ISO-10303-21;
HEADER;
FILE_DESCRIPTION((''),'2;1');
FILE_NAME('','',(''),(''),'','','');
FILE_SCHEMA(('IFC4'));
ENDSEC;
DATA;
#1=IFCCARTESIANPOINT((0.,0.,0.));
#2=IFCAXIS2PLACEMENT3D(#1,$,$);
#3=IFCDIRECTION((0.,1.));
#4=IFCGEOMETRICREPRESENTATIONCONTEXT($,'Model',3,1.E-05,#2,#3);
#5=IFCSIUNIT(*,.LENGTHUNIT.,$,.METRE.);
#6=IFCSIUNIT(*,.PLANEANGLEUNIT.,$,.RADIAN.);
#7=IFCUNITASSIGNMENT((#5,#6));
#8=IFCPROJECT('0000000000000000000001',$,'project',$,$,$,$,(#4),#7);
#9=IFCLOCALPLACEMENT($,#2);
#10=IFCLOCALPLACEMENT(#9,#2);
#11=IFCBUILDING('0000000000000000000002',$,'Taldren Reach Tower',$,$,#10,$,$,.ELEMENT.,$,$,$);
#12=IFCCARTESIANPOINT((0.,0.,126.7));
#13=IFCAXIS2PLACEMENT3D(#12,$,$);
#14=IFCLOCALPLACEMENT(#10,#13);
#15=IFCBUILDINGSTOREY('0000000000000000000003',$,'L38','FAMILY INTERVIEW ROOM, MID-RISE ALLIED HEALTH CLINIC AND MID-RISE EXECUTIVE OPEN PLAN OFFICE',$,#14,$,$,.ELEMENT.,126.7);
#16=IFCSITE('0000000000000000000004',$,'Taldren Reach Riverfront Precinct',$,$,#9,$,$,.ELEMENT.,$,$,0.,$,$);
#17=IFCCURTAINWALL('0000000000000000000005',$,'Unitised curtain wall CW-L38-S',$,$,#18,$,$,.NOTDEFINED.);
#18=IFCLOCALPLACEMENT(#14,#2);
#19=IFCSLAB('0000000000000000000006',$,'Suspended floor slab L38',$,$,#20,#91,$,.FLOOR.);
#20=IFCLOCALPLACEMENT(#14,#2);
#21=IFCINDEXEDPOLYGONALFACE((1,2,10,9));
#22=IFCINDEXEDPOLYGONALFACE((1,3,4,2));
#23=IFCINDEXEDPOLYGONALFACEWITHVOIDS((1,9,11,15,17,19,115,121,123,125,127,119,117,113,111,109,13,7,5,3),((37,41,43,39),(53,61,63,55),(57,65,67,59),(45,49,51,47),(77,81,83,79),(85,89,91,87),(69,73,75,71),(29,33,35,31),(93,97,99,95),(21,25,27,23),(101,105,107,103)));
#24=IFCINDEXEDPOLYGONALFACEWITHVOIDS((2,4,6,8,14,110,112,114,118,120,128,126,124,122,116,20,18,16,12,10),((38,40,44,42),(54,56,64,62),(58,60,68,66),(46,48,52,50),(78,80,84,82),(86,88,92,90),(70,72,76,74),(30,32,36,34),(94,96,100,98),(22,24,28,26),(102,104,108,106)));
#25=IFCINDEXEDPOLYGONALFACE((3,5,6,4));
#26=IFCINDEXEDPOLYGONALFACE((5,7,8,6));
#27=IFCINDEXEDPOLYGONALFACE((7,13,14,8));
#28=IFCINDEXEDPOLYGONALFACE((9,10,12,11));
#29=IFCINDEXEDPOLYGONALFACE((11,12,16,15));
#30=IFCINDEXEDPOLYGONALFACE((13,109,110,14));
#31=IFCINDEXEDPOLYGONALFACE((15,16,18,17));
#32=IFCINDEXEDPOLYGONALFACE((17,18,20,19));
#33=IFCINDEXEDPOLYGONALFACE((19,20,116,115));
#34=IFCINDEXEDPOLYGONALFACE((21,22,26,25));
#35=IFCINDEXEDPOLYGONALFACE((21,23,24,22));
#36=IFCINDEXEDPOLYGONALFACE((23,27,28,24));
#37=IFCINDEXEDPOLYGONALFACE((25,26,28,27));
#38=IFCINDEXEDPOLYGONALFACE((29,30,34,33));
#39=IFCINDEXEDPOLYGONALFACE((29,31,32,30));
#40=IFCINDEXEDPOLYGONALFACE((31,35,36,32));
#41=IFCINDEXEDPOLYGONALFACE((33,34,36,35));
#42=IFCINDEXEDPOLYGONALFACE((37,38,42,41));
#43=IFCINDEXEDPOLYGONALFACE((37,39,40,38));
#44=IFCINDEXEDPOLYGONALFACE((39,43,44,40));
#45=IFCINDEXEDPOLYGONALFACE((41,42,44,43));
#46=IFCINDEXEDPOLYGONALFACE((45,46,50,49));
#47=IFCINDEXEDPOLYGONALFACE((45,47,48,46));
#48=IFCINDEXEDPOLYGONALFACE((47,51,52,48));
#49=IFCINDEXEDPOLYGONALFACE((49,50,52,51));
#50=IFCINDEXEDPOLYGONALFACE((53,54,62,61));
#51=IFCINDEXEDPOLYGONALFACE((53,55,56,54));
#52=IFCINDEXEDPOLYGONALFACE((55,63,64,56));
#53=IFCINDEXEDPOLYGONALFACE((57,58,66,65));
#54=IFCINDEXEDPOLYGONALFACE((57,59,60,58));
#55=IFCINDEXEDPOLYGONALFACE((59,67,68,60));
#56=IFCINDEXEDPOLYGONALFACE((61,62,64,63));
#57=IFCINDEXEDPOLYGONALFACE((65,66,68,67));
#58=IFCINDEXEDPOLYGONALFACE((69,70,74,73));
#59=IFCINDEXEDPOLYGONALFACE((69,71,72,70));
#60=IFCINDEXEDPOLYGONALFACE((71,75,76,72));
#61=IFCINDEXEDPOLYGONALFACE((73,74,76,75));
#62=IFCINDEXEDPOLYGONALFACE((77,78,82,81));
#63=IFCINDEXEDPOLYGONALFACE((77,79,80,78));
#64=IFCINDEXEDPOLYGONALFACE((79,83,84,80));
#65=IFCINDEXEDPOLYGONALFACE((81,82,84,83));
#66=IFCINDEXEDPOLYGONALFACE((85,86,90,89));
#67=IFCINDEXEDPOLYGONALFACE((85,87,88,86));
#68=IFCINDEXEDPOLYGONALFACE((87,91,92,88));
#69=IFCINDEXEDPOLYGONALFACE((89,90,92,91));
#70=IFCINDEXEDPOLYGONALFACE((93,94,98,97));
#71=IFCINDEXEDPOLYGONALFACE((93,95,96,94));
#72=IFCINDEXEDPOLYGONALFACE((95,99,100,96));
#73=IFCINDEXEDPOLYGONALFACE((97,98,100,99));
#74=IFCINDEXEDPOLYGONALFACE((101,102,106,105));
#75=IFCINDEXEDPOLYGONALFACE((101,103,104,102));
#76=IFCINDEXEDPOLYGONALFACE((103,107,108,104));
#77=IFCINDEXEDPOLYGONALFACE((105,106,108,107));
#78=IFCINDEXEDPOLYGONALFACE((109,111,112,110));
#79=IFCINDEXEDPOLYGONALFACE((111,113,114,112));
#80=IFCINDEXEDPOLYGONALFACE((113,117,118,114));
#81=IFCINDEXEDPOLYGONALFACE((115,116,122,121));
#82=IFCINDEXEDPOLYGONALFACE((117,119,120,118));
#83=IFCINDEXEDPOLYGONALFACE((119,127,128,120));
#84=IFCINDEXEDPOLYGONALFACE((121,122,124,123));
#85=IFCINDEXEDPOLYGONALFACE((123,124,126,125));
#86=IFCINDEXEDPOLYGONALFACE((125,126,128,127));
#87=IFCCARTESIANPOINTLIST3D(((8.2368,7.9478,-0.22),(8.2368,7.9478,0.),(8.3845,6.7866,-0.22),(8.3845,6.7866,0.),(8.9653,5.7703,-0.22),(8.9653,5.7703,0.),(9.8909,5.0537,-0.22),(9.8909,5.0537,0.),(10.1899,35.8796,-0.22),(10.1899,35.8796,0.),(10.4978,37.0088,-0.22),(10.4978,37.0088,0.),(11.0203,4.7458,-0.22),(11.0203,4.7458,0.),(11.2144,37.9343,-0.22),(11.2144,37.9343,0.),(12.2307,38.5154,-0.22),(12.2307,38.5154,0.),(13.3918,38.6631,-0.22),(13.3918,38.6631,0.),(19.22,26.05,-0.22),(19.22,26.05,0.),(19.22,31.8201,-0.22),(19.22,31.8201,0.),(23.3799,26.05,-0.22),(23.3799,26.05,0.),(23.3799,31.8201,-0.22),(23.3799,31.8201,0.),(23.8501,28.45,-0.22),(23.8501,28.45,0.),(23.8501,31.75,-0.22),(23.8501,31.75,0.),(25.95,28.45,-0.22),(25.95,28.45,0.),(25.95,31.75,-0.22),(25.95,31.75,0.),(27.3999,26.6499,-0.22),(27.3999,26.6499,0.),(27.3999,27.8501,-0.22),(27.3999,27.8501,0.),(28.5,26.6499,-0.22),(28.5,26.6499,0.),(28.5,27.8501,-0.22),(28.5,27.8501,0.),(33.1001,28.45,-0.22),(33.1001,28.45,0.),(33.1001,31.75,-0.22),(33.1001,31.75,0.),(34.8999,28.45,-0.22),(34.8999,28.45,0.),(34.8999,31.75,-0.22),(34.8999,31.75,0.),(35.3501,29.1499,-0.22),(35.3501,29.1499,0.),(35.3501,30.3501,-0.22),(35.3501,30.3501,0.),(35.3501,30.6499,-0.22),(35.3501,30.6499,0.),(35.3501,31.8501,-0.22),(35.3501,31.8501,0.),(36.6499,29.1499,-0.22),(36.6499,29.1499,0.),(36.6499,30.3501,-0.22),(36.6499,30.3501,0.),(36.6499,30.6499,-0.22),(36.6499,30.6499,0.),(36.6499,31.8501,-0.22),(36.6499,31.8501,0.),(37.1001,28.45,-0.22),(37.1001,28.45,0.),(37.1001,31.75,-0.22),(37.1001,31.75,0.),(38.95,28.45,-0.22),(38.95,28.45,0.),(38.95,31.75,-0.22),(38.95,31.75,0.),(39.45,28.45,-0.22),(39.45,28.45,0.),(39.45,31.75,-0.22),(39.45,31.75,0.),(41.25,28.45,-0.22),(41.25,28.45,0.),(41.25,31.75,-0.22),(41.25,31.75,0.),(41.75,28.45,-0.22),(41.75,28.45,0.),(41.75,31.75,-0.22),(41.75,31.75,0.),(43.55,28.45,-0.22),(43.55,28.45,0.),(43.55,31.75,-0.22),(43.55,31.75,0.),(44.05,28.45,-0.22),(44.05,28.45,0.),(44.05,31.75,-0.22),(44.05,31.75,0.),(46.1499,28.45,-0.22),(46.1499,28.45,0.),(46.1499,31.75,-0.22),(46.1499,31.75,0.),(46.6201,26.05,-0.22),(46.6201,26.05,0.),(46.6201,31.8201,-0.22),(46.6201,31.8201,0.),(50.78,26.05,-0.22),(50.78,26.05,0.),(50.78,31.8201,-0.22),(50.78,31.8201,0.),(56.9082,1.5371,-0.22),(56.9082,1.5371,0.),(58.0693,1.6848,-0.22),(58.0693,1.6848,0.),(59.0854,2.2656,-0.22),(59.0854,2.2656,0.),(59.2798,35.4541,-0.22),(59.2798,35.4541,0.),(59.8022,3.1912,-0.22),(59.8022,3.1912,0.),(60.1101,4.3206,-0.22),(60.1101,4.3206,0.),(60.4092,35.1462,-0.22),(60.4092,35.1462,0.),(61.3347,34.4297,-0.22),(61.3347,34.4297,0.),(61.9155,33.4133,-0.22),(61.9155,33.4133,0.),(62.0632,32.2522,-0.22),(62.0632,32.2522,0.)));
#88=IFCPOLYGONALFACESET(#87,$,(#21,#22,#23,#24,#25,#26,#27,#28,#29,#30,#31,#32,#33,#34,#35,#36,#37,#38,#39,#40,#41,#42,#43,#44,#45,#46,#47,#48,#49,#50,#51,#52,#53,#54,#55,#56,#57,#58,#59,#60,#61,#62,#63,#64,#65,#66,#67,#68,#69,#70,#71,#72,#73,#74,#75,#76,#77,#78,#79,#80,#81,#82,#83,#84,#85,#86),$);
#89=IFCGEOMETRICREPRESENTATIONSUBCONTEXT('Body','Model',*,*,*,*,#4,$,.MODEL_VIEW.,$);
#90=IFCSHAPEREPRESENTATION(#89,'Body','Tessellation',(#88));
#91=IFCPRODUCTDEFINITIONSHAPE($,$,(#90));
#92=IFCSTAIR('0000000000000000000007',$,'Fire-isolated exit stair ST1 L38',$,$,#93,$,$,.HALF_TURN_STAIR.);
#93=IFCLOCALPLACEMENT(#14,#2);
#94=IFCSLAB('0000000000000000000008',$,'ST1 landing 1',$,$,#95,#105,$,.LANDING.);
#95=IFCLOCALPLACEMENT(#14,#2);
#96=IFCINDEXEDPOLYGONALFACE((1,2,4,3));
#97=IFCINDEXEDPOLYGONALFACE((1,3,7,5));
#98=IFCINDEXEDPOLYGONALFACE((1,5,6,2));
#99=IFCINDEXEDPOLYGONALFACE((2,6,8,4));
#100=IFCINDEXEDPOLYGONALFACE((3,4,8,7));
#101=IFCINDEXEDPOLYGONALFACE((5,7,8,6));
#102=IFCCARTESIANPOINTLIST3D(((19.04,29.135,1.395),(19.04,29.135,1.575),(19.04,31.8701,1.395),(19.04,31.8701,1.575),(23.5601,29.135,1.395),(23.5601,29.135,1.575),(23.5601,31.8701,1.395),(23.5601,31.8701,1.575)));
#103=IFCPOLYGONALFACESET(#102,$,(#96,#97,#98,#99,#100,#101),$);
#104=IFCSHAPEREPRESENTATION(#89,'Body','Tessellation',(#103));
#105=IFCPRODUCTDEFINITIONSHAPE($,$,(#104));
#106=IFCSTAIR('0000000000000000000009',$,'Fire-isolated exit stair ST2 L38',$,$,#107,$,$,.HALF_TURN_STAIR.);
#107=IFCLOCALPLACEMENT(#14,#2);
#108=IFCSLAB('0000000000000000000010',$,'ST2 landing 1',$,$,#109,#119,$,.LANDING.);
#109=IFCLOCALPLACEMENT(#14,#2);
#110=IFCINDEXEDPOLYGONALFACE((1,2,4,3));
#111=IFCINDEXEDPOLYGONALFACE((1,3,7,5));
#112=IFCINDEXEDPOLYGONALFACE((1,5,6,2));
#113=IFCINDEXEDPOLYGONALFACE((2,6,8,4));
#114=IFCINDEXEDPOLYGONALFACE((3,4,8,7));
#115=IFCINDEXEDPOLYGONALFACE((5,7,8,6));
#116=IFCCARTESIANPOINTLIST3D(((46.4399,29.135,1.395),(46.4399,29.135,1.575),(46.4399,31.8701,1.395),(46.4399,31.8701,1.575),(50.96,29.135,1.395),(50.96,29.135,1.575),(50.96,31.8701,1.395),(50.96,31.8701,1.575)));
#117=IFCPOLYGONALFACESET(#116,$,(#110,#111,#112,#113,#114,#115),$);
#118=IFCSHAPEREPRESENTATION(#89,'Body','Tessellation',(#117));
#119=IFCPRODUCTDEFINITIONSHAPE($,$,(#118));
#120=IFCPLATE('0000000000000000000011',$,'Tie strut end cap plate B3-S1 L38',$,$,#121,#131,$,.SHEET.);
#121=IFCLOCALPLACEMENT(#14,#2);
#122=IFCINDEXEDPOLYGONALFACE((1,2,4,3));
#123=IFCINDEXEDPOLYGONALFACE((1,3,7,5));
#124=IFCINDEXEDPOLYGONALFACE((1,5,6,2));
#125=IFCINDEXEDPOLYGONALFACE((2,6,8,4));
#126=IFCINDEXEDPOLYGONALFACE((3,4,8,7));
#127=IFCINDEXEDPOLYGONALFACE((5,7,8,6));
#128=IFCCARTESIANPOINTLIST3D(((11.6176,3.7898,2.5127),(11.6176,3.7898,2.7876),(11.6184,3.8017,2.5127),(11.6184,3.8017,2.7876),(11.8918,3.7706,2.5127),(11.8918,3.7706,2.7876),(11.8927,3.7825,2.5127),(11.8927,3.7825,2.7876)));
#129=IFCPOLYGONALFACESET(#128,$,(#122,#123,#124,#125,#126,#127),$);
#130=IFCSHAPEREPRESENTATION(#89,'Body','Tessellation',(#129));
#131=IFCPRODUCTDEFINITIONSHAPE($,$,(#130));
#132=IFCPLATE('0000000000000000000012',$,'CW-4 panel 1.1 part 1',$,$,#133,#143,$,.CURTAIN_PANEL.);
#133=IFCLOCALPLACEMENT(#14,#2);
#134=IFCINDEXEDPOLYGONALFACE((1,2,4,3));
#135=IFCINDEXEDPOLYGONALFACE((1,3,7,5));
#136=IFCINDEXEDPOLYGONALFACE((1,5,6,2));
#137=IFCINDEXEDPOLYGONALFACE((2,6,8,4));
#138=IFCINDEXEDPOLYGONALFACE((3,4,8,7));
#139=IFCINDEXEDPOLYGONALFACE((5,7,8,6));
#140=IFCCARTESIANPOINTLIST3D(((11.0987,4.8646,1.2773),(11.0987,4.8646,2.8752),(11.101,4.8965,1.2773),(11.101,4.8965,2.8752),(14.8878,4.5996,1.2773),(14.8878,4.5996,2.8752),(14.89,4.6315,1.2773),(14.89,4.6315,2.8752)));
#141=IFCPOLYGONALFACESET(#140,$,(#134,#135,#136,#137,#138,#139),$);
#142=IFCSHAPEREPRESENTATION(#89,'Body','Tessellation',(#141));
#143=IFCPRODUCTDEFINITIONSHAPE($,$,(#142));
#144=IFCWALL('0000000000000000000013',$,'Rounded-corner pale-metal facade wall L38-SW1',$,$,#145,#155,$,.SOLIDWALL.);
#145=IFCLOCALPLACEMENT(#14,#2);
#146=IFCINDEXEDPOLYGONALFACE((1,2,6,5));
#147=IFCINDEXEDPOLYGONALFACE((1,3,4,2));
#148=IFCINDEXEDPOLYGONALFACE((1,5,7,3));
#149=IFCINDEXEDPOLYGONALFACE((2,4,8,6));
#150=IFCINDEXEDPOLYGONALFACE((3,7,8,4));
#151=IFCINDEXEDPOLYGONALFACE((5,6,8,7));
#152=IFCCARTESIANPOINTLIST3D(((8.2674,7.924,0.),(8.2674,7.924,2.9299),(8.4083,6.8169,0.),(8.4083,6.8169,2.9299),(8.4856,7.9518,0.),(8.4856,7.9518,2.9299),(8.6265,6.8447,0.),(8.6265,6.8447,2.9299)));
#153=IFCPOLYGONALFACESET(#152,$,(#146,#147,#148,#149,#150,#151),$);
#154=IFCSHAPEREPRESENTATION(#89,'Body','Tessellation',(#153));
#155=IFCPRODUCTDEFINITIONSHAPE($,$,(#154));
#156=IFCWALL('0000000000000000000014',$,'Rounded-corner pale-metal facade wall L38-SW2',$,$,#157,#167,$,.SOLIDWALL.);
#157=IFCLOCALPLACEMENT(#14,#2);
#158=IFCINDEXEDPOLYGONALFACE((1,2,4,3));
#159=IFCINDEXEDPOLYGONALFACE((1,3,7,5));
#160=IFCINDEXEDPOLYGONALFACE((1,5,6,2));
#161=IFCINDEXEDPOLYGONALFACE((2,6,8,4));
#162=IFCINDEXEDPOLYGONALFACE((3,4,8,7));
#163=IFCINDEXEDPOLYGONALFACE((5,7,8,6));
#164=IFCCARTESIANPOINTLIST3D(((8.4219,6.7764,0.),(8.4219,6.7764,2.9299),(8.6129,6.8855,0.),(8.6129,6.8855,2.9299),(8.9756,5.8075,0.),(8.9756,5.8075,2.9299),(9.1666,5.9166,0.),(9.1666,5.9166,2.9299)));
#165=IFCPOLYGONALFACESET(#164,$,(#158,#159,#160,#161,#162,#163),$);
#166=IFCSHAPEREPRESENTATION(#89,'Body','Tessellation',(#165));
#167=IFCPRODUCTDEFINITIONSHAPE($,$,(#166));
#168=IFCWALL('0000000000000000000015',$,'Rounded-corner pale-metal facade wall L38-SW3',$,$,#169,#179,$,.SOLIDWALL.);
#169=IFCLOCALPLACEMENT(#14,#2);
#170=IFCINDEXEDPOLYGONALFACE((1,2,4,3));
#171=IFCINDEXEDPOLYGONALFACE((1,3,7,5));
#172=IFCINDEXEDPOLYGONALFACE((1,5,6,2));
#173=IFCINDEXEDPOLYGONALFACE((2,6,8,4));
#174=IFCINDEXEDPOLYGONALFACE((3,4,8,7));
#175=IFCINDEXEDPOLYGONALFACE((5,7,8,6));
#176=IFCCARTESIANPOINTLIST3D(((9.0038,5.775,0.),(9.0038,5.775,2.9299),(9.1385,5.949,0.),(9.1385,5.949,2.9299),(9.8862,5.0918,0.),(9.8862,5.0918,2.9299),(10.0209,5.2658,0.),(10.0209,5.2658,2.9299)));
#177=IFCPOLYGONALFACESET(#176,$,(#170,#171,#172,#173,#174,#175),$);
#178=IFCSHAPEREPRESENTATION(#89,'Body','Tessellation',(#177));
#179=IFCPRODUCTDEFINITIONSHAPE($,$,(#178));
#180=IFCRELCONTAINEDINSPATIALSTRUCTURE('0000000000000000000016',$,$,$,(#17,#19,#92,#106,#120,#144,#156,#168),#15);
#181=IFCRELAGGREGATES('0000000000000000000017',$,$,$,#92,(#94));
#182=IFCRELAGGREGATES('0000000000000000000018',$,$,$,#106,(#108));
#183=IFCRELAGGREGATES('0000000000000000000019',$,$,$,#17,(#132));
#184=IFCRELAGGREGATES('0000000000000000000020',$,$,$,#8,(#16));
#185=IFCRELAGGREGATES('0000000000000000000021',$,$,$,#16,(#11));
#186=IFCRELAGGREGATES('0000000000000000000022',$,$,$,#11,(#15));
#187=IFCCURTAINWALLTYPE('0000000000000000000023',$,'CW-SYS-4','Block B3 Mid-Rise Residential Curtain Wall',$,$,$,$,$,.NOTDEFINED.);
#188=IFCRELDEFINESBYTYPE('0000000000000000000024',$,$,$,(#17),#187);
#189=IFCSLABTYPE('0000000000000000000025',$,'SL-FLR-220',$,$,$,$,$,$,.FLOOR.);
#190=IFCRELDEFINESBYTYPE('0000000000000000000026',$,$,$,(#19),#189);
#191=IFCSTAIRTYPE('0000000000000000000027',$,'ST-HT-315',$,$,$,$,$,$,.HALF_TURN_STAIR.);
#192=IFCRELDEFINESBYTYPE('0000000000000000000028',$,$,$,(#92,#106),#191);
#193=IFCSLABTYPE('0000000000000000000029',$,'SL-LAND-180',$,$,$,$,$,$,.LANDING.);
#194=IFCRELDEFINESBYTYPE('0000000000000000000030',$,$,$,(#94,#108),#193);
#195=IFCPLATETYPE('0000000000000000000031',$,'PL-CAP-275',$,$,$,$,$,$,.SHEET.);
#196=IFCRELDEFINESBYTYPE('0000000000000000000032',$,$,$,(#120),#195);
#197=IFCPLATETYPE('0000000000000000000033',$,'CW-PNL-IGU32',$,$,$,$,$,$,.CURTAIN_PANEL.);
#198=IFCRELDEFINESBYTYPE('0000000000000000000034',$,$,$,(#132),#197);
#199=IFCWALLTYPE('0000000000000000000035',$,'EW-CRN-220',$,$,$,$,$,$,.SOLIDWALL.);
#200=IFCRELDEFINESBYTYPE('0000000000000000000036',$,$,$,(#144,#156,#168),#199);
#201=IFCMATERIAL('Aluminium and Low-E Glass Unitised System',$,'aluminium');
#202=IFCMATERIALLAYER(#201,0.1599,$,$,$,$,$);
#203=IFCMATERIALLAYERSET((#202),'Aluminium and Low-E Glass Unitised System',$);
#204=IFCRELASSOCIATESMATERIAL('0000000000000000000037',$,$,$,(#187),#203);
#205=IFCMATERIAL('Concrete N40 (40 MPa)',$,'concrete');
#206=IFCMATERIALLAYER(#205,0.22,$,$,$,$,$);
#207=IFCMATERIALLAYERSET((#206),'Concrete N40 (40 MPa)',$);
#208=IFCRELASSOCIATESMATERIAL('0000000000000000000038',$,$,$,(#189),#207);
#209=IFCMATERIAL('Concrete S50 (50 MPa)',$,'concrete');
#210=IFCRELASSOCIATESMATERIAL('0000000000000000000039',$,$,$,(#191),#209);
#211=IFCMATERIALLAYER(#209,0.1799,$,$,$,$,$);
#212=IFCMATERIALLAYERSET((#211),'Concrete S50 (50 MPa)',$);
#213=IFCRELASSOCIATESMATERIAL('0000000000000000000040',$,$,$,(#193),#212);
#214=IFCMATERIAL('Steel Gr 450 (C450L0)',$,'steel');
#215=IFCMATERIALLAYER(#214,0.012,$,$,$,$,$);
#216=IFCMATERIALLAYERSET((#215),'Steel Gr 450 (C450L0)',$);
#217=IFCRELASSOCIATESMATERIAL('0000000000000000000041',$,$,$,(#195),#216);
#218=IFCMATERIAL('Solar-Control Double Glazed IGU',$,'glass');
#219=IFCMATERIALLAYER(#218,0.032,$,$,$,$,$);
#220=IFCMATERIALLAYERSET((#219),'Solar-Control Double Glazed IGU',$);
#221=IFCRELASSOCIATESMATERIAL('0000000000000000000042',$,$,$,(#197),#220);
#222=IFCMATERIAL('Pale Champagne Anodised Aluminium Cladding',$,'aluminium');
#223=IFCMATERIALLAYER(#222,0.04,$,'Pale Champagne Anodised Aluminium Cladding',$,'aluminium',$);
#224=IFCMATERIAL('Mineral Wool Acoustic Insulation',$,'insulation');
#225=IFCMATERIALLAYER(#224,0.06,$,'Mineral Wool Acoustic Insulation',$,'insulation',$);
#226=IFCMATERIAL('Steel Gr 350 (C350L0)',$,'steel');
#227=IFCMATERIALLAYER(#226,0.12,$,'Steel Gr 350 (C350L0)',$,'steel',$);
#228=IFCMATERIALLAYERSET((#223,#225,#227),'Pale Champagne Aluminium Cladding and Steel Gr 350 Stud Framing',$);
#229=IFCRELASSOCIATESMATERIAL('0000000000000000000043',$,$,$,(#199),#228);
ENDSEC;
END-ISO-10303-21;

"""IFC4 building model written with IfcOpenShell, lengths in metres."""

from ifc_helpers import new_model, si_unit, direction, frame, frame_2d, origin, origin_2d, place, context, subcontext, project, spatial, polyline, rectangle, outline, extrude, source, transform, mapped, material, layer, layer_set, type_object, element, aggregate, save


model = new_model("IFC4")

# Units and contexts
model_context = context("Model", 3, precision=1e-05, world=origin(), true_north=direction((0.0, 1.0)))
body_context = subcontext(model_context, "Body", "Model", "MODEL_VIEW")
ifc_project = project(units=[si_unit("LENGTHUNIT", "METRE"), si_unit("PLANEANGLEUNIT", "RADIAN")], contexts=[model_context])

# Site, building, storey
site_placement = place(None, origin())
site = spatial("IfcSite", under=ifc_project, at=site_placement, Name="Taldren Reach Riverfront Precinct", CompositionType="ELEMENT", RefElevation=0.0)
building_placement = place(site_placement, origin())
building = spatial("IfcBuilding", under=site, at=building_placement, Name="Taldren Reach Tower", CompositionType="ELEMENT")
storey_placement = place(building_placement, frame((0.0, 0.0, 126.7)))
storey = spatial("IfcBuildingStorey", under=building, at=storey_placement, Name="L38", Description="FAMILY INTERVIEW ROOM, MID-RISE ALLIED HEALTH CLINIC AND MID-RISE EXECUTIVE OPEN PLAN OFFICE", CompositionType="ELEMENT", Elevation=126.7)

# Shared definitions
ifc_material_1 = material(Name="Steel Gr 450 (C450L0)", Category="steel")

# Shared definitions
ifc_material_2 = material(Name="Steel Gr 350 (C350L0)", Category="steel")

# Curtain wall
ifc_material_3 = material(Name="Aluminium and Low-E Glass Unitised System", Category="aluminium")
ifc_layer_1 = layer(ifc_material_3, 0.1599)
ifc_layer_set_1 = layer_set([ifc_layer_1], Name="Aluminium and Low-E Glass Unitised System")
curtain_wall_type = type_object("IfcCurtainWallType", Name="CW-SYS-4", Description="Block B3 Mid-Rise Residential Curtain Wall", PredefinedType="NOTDEFINED", material=ifc_layer_set_1)
curtain_wall_1_placement = place(storey_placement, origin())
curtain_wall_1 = element("IfcCurtainWall", 1, at=curtain_wall_1_placement, inside=storey, type_object=curtain_wall_type, Name="Unitised curtain wall CW-L38-S", PredefinedType="NOTDEFINED")

# Slab
ifc_material_4 = material(Name="Concrete N40 (40 MPa)", Category="concrete")
ifc_layer_2 = layer(ifc_material_4, 0.22)
ifc_layer_set_2 = layer_set([ifc_layer_2], Name="Concrete N40 (40 MPa)")
slab_type_1 = type_object("IfcSlabType", Name="SL-FLR-220", PredefinedType="FLOOR", material=ifc_layer_set_2)
slab_1_placement = place(storey_placement, frame((0.0, 0.0, -0.22)))
element("IfcSlab", 2, at=slab_1_placement, inside=storey, type_object=slab_type_1, Name="Suspended floor slab L38", PredefinedType="FLOOR", context=body_context, shape_type="SweptSolid", body=[
    extrude(outline(polyline([(56.9082, 1.5371), (58.0693, 1.6848), (59.0854, 2.2656), (59.8022, 3.1912), (60.1101, 4.3206), (62.0632, 32.2522), (61.9155, 33.4133), (61.3347, 34.4297), (60.4092, 35.1462), (59.2798, 35.4541), (13.3918, 38.6631), (12.2307, 38.5154), (11.2144, 37.9343), (10.4978, 37.0088), (10.1899, 35.8796), (8.2368, 7.9478), (8.3845, 6.7866), (8.9653, 5.7703), (9.8909, 5.0537), (11.0203, 4.7458), (56.9082, 1.5371)]), holes=[polyline([(19.22, 26.05), (23.3799, 26.05), (23.3799, 31.8201), (19.22, 31.8201), (19.22, 26.05)]), polyline([(46.6201, 26.05), (50.78, 26.05), (50.78, 31.8201), (46.6201, 31.8201), (46.6201, 26.05)]), polyline([(23.8501, 28.45), (25.95, 28.45), (25.95, 31.75), (23.8501, 31.75), (23.8501, 28.45)]), polyline([(44.05, 28.45), (46.1499, 28.45), (46.1499, 31.75), (44.05, 31.75), (44.05, 28.45)]), polyline([(33.1001, 28.45), (34.8999, 28.45), (34.8999, 31.75), (33.1001, 31.75), (33.1001, 28.45)]), polyline([(37.1001, 28.45), (38.95, 28.45), (38.95, 31.75), (37.1001, 31.75), (37.1001, 28.45)]), polyline([(39.45, 28.45), (41.25, 28.45), (41.25, 31.75), (39.45, 31.75), (39.45, 28.45)]), polyline([(41.75, 28.45), (43.55, 28.45), (43.55, 31.75), (41.75, 31.75), (41.75, 28.45)]), polyline([(35.3501, 30.6499), (36.6499, 30.6499), (36.6499, 31.8501), (35.3501, 31.8501), (35.3501, 30.6499)]), polyline([(35.3501, 29.1499), (36.6499, 29.1499), (36.6499, 30.3501), (35.3501, 30.3501), (35.3501, 29.1499)]), polyline([(27.3999, 26.6499), (28.5, 26.6499), (28.5, 27.8501), (27.3999, 27.8501), (27.3999, 26.6499)])]), origin(), (0.0, 0.0, 1.0), 0.22),
])

# Stairs, slabs
ifc_material_5 = material(Name="Concrete S50 (50 MPa)", Category="concrete")
stair_type = type_object("IfcStairType", Name="ST-HT-315", PredefinedType="HALF_TURN_STAIR", material=ifc_material_5)
stair_1_placement = place(storey_placement, origin())
stair_1 = element("IfcStair", 3, at=stair_1_placement, inside=storey, type_object=stair_type, Name="Fire-isolated exit stair ST1 L38", PredefinedType="HALF_TURN_STAIR")
ifc_layer_3 = layer(ifc_material_5, 0.1799)
ifc_layer_set_3 = layer_set([ifc_layer_3], Name="Concrete S50 (50 MPa)")
slab_type_2 = type_object("IfcSlabType", Name="SL-LAND-180", PredefinedType="LANDING", material=ifc_layer_set_3)
slab_2_placement = place(storey_placement, frame((0.0, 0.0, 1.395)))
slab_2 = element("IfcSlab", 4, at=slab_2_placement, type_object=slab_type_2, Name="ST1 landing 1", PredefinedType="LANDING", context=body_context, shape_type="SweptSolid", body=[
    extrude(outline(polyline([(19.04, 29.135), (23.5601, 29.135), (23.5601, 31.8701), (19.04, 31.8701), (19.04, 29.135)])), origin(), (0.0, 0.0, 1.0), 0.1799),
])
aggregate(stair_1, [slab_2])
stair_2_placement = place(storey_placement, origin())
stair_2 = element("IfcStair", 5, at=stair_2_placement, inside=storey, type_object=stair_type, Name="Fire-isolated exit stair ST2 L38", PredefinedType="HALF_TURN_STAIR")
slab_3_placement = place(storey_placement, frame((0.0, 0.0, 1.395)))
slab_3 = element("IfcSlab", 6, at=slab_3_placement, type_object=slab_type_2, Name="ST2 landing 1", PredefinedType="LANDING", context=body_context, shape_type="SweptSolid", body=[
    extrude(outline(polyline([(46.4399, 29.135), (50.96, 29.135), (50.96, 31.8701), (46.4399, 31.8701), (46.4399, 29.135)])), origin(), (0.0, 0.0, 1.0), 0.1799),
])
aggregate(stair_2, [slab_3])

# Plates
ifc_layer_4 = layer(ifc_material_1, 0.012)
ifc_layer_set_4 = layer_set([ifc_layer_4], Name="Steel Gr 450 (C450L0)")
plate_type_1 = type_object("IfcPlateType", Name="PL-CAP-275", PredefinedType="SHEET", material=ifc_layer_set_4)
shared_shape_1 = source(origin(), body_context, "Body", "SweptSolid", [
    extrude(rectangle(XDim=0.2749, YDim=0.012, at=origin_2d()), origin(), (0.0, 0.0, 1.0), 0.2749),
])
plate_1_placement = place(storey_placement, frame((11.7551, 3.7861, 2.5127), z_axis=(0.0, 0.0, 1.0), x_axis=(0.997564, -0.069756, 0.0)))
element("IfcPlate", 7, at=plate_1_placement, inside=storey, type_object=plate_type_1, Name="Tie strut end cap plate B3-S1 L38", PredefinedType="SHEET", context=body_context, shape_type="MappedRepresentation", body=[
    mapped(shared_shape_1, transform((0.0, 0.0, 0.0), scale=1.0)),
])
ifc_material_6 = material(Name="Solar-Control Double Glazed IGU", Category="glass")
ifc_layer_5 = layer(ifc_material_6, 0.032)
ifc_layer_set_5 = layer_set([ifc_layer_5], Name="Solar-Control Double Glazed IGU")
plate_type_2 = type_object("IfcPlateType", Name="CW-PNL-IGU32", PredefinedType="CURTAIN_PANEL", material=ifc_layer_set_5)
shared_shape_2 = source(origin(), body_context, "Body", "SweptSolid", [
    extrude(rectangle(XDim=3.7983, YDim=0.032, at=origin_2d()), origin(), (0.0, 0.0, 1.0), 1.5979),
])
plate_2_placement = place(storey_placement, frame((12.9944, 4.748, 1.2773), z_axis=(0.0, 0.0, 1.0), x_axis=(0.997564, -0.069757, 0.0)))
plate_2 = element("IfcPlate", 8, at=plate_2_placement, type_object=plate_type_2, Name="CW-4 panel 1.1 part 1", PredefinedType="CURTAIN_PANEL", context=body_context, shape_type="MappedRepresentation", body=[
    mapped(shared_shape_2, transform((0.0, 0.0, 0.0), scale=1.0)),
])
aggregate(curtain_wall_1, [plate_2])

# Walls
ifc_material_7 = material(Name="Pale Champagne Anodised Aluminium Cladding", Category="aluminium")
ifc_layer_6 = layer(ifc_material_7, 0.04, Name="Pale Champagne Anodised Aluminium Cladding", Category="aluminium")
ifc_material_8 = material(Name="Mineral Wool Acoustic Insulation", Category="insulation")
ifc_layer_7 = layer(ifc_material_8, 0.06, Name="Mineral Wool Acoustic Insulation", Category="insulation")
ifc_layer_8 = layer(ifc_material_2, 0.12, Name="Steel Gr 350 (C350L0)", Category="steel")
ifc_layer_set_6 = layer_set([ifc_layer_6, ifc_layer_7, ifc_layer_8], Name="Pale Champagne Aluminium Cladding and Steel Gr 350 Stud Framing")
wall_type = type_object("IfcWallType", Name="EW-CRN-220", PredefinedType="SOLIDWALL", material=ifc_layer_set_6)
shared_shape_3 = source(origin(), body_context, "Body", "SweptSolid", [
    extrude(rectangle(XDim=1.116, YDim=0.22, at=frame_2d((0.5581, 0.0))), origin(), (0.0, 0.0, 1.0), 2.9299),
])
for number, where, z_axis, x_axis, name in (
    (9, (8.3765, 7.938, 0.0), (0.0, 0.0, 1.0), (0.126243, -0.991999, 0.0), "Rounded-corner pale-metal facade wall L38-SW1"),
    (10, (8.5173, 6.8311, 0.0), (0.0, 0.0, 1.0), (0.496139, -0.868243, 0.0), "Rounded-corner pale-metal facade wall L38-SW2"),
    (11, (9.071, 5.8621, 0.0), (0.0, 0.0, 1.0), (0.790717, -0.612182, 0.0), "Rounded-corner pale-metal facade wall L38-SW3"),
):
    element("IfcWall", number, at=place(storey_placement, frame(where, z_axis=z_axis, x_axis=x_axis)), inside=storey, type_object=wall_type, Name=name, PredefinedType="SOLIDWALL", context=body_context, shape_type="MappedRepresentation", body=[
        mapped(shared_shape_3, transform((0.0, 0.0, 0.0), scale=1.0)),
    ])

save(model, "model.ifc")
